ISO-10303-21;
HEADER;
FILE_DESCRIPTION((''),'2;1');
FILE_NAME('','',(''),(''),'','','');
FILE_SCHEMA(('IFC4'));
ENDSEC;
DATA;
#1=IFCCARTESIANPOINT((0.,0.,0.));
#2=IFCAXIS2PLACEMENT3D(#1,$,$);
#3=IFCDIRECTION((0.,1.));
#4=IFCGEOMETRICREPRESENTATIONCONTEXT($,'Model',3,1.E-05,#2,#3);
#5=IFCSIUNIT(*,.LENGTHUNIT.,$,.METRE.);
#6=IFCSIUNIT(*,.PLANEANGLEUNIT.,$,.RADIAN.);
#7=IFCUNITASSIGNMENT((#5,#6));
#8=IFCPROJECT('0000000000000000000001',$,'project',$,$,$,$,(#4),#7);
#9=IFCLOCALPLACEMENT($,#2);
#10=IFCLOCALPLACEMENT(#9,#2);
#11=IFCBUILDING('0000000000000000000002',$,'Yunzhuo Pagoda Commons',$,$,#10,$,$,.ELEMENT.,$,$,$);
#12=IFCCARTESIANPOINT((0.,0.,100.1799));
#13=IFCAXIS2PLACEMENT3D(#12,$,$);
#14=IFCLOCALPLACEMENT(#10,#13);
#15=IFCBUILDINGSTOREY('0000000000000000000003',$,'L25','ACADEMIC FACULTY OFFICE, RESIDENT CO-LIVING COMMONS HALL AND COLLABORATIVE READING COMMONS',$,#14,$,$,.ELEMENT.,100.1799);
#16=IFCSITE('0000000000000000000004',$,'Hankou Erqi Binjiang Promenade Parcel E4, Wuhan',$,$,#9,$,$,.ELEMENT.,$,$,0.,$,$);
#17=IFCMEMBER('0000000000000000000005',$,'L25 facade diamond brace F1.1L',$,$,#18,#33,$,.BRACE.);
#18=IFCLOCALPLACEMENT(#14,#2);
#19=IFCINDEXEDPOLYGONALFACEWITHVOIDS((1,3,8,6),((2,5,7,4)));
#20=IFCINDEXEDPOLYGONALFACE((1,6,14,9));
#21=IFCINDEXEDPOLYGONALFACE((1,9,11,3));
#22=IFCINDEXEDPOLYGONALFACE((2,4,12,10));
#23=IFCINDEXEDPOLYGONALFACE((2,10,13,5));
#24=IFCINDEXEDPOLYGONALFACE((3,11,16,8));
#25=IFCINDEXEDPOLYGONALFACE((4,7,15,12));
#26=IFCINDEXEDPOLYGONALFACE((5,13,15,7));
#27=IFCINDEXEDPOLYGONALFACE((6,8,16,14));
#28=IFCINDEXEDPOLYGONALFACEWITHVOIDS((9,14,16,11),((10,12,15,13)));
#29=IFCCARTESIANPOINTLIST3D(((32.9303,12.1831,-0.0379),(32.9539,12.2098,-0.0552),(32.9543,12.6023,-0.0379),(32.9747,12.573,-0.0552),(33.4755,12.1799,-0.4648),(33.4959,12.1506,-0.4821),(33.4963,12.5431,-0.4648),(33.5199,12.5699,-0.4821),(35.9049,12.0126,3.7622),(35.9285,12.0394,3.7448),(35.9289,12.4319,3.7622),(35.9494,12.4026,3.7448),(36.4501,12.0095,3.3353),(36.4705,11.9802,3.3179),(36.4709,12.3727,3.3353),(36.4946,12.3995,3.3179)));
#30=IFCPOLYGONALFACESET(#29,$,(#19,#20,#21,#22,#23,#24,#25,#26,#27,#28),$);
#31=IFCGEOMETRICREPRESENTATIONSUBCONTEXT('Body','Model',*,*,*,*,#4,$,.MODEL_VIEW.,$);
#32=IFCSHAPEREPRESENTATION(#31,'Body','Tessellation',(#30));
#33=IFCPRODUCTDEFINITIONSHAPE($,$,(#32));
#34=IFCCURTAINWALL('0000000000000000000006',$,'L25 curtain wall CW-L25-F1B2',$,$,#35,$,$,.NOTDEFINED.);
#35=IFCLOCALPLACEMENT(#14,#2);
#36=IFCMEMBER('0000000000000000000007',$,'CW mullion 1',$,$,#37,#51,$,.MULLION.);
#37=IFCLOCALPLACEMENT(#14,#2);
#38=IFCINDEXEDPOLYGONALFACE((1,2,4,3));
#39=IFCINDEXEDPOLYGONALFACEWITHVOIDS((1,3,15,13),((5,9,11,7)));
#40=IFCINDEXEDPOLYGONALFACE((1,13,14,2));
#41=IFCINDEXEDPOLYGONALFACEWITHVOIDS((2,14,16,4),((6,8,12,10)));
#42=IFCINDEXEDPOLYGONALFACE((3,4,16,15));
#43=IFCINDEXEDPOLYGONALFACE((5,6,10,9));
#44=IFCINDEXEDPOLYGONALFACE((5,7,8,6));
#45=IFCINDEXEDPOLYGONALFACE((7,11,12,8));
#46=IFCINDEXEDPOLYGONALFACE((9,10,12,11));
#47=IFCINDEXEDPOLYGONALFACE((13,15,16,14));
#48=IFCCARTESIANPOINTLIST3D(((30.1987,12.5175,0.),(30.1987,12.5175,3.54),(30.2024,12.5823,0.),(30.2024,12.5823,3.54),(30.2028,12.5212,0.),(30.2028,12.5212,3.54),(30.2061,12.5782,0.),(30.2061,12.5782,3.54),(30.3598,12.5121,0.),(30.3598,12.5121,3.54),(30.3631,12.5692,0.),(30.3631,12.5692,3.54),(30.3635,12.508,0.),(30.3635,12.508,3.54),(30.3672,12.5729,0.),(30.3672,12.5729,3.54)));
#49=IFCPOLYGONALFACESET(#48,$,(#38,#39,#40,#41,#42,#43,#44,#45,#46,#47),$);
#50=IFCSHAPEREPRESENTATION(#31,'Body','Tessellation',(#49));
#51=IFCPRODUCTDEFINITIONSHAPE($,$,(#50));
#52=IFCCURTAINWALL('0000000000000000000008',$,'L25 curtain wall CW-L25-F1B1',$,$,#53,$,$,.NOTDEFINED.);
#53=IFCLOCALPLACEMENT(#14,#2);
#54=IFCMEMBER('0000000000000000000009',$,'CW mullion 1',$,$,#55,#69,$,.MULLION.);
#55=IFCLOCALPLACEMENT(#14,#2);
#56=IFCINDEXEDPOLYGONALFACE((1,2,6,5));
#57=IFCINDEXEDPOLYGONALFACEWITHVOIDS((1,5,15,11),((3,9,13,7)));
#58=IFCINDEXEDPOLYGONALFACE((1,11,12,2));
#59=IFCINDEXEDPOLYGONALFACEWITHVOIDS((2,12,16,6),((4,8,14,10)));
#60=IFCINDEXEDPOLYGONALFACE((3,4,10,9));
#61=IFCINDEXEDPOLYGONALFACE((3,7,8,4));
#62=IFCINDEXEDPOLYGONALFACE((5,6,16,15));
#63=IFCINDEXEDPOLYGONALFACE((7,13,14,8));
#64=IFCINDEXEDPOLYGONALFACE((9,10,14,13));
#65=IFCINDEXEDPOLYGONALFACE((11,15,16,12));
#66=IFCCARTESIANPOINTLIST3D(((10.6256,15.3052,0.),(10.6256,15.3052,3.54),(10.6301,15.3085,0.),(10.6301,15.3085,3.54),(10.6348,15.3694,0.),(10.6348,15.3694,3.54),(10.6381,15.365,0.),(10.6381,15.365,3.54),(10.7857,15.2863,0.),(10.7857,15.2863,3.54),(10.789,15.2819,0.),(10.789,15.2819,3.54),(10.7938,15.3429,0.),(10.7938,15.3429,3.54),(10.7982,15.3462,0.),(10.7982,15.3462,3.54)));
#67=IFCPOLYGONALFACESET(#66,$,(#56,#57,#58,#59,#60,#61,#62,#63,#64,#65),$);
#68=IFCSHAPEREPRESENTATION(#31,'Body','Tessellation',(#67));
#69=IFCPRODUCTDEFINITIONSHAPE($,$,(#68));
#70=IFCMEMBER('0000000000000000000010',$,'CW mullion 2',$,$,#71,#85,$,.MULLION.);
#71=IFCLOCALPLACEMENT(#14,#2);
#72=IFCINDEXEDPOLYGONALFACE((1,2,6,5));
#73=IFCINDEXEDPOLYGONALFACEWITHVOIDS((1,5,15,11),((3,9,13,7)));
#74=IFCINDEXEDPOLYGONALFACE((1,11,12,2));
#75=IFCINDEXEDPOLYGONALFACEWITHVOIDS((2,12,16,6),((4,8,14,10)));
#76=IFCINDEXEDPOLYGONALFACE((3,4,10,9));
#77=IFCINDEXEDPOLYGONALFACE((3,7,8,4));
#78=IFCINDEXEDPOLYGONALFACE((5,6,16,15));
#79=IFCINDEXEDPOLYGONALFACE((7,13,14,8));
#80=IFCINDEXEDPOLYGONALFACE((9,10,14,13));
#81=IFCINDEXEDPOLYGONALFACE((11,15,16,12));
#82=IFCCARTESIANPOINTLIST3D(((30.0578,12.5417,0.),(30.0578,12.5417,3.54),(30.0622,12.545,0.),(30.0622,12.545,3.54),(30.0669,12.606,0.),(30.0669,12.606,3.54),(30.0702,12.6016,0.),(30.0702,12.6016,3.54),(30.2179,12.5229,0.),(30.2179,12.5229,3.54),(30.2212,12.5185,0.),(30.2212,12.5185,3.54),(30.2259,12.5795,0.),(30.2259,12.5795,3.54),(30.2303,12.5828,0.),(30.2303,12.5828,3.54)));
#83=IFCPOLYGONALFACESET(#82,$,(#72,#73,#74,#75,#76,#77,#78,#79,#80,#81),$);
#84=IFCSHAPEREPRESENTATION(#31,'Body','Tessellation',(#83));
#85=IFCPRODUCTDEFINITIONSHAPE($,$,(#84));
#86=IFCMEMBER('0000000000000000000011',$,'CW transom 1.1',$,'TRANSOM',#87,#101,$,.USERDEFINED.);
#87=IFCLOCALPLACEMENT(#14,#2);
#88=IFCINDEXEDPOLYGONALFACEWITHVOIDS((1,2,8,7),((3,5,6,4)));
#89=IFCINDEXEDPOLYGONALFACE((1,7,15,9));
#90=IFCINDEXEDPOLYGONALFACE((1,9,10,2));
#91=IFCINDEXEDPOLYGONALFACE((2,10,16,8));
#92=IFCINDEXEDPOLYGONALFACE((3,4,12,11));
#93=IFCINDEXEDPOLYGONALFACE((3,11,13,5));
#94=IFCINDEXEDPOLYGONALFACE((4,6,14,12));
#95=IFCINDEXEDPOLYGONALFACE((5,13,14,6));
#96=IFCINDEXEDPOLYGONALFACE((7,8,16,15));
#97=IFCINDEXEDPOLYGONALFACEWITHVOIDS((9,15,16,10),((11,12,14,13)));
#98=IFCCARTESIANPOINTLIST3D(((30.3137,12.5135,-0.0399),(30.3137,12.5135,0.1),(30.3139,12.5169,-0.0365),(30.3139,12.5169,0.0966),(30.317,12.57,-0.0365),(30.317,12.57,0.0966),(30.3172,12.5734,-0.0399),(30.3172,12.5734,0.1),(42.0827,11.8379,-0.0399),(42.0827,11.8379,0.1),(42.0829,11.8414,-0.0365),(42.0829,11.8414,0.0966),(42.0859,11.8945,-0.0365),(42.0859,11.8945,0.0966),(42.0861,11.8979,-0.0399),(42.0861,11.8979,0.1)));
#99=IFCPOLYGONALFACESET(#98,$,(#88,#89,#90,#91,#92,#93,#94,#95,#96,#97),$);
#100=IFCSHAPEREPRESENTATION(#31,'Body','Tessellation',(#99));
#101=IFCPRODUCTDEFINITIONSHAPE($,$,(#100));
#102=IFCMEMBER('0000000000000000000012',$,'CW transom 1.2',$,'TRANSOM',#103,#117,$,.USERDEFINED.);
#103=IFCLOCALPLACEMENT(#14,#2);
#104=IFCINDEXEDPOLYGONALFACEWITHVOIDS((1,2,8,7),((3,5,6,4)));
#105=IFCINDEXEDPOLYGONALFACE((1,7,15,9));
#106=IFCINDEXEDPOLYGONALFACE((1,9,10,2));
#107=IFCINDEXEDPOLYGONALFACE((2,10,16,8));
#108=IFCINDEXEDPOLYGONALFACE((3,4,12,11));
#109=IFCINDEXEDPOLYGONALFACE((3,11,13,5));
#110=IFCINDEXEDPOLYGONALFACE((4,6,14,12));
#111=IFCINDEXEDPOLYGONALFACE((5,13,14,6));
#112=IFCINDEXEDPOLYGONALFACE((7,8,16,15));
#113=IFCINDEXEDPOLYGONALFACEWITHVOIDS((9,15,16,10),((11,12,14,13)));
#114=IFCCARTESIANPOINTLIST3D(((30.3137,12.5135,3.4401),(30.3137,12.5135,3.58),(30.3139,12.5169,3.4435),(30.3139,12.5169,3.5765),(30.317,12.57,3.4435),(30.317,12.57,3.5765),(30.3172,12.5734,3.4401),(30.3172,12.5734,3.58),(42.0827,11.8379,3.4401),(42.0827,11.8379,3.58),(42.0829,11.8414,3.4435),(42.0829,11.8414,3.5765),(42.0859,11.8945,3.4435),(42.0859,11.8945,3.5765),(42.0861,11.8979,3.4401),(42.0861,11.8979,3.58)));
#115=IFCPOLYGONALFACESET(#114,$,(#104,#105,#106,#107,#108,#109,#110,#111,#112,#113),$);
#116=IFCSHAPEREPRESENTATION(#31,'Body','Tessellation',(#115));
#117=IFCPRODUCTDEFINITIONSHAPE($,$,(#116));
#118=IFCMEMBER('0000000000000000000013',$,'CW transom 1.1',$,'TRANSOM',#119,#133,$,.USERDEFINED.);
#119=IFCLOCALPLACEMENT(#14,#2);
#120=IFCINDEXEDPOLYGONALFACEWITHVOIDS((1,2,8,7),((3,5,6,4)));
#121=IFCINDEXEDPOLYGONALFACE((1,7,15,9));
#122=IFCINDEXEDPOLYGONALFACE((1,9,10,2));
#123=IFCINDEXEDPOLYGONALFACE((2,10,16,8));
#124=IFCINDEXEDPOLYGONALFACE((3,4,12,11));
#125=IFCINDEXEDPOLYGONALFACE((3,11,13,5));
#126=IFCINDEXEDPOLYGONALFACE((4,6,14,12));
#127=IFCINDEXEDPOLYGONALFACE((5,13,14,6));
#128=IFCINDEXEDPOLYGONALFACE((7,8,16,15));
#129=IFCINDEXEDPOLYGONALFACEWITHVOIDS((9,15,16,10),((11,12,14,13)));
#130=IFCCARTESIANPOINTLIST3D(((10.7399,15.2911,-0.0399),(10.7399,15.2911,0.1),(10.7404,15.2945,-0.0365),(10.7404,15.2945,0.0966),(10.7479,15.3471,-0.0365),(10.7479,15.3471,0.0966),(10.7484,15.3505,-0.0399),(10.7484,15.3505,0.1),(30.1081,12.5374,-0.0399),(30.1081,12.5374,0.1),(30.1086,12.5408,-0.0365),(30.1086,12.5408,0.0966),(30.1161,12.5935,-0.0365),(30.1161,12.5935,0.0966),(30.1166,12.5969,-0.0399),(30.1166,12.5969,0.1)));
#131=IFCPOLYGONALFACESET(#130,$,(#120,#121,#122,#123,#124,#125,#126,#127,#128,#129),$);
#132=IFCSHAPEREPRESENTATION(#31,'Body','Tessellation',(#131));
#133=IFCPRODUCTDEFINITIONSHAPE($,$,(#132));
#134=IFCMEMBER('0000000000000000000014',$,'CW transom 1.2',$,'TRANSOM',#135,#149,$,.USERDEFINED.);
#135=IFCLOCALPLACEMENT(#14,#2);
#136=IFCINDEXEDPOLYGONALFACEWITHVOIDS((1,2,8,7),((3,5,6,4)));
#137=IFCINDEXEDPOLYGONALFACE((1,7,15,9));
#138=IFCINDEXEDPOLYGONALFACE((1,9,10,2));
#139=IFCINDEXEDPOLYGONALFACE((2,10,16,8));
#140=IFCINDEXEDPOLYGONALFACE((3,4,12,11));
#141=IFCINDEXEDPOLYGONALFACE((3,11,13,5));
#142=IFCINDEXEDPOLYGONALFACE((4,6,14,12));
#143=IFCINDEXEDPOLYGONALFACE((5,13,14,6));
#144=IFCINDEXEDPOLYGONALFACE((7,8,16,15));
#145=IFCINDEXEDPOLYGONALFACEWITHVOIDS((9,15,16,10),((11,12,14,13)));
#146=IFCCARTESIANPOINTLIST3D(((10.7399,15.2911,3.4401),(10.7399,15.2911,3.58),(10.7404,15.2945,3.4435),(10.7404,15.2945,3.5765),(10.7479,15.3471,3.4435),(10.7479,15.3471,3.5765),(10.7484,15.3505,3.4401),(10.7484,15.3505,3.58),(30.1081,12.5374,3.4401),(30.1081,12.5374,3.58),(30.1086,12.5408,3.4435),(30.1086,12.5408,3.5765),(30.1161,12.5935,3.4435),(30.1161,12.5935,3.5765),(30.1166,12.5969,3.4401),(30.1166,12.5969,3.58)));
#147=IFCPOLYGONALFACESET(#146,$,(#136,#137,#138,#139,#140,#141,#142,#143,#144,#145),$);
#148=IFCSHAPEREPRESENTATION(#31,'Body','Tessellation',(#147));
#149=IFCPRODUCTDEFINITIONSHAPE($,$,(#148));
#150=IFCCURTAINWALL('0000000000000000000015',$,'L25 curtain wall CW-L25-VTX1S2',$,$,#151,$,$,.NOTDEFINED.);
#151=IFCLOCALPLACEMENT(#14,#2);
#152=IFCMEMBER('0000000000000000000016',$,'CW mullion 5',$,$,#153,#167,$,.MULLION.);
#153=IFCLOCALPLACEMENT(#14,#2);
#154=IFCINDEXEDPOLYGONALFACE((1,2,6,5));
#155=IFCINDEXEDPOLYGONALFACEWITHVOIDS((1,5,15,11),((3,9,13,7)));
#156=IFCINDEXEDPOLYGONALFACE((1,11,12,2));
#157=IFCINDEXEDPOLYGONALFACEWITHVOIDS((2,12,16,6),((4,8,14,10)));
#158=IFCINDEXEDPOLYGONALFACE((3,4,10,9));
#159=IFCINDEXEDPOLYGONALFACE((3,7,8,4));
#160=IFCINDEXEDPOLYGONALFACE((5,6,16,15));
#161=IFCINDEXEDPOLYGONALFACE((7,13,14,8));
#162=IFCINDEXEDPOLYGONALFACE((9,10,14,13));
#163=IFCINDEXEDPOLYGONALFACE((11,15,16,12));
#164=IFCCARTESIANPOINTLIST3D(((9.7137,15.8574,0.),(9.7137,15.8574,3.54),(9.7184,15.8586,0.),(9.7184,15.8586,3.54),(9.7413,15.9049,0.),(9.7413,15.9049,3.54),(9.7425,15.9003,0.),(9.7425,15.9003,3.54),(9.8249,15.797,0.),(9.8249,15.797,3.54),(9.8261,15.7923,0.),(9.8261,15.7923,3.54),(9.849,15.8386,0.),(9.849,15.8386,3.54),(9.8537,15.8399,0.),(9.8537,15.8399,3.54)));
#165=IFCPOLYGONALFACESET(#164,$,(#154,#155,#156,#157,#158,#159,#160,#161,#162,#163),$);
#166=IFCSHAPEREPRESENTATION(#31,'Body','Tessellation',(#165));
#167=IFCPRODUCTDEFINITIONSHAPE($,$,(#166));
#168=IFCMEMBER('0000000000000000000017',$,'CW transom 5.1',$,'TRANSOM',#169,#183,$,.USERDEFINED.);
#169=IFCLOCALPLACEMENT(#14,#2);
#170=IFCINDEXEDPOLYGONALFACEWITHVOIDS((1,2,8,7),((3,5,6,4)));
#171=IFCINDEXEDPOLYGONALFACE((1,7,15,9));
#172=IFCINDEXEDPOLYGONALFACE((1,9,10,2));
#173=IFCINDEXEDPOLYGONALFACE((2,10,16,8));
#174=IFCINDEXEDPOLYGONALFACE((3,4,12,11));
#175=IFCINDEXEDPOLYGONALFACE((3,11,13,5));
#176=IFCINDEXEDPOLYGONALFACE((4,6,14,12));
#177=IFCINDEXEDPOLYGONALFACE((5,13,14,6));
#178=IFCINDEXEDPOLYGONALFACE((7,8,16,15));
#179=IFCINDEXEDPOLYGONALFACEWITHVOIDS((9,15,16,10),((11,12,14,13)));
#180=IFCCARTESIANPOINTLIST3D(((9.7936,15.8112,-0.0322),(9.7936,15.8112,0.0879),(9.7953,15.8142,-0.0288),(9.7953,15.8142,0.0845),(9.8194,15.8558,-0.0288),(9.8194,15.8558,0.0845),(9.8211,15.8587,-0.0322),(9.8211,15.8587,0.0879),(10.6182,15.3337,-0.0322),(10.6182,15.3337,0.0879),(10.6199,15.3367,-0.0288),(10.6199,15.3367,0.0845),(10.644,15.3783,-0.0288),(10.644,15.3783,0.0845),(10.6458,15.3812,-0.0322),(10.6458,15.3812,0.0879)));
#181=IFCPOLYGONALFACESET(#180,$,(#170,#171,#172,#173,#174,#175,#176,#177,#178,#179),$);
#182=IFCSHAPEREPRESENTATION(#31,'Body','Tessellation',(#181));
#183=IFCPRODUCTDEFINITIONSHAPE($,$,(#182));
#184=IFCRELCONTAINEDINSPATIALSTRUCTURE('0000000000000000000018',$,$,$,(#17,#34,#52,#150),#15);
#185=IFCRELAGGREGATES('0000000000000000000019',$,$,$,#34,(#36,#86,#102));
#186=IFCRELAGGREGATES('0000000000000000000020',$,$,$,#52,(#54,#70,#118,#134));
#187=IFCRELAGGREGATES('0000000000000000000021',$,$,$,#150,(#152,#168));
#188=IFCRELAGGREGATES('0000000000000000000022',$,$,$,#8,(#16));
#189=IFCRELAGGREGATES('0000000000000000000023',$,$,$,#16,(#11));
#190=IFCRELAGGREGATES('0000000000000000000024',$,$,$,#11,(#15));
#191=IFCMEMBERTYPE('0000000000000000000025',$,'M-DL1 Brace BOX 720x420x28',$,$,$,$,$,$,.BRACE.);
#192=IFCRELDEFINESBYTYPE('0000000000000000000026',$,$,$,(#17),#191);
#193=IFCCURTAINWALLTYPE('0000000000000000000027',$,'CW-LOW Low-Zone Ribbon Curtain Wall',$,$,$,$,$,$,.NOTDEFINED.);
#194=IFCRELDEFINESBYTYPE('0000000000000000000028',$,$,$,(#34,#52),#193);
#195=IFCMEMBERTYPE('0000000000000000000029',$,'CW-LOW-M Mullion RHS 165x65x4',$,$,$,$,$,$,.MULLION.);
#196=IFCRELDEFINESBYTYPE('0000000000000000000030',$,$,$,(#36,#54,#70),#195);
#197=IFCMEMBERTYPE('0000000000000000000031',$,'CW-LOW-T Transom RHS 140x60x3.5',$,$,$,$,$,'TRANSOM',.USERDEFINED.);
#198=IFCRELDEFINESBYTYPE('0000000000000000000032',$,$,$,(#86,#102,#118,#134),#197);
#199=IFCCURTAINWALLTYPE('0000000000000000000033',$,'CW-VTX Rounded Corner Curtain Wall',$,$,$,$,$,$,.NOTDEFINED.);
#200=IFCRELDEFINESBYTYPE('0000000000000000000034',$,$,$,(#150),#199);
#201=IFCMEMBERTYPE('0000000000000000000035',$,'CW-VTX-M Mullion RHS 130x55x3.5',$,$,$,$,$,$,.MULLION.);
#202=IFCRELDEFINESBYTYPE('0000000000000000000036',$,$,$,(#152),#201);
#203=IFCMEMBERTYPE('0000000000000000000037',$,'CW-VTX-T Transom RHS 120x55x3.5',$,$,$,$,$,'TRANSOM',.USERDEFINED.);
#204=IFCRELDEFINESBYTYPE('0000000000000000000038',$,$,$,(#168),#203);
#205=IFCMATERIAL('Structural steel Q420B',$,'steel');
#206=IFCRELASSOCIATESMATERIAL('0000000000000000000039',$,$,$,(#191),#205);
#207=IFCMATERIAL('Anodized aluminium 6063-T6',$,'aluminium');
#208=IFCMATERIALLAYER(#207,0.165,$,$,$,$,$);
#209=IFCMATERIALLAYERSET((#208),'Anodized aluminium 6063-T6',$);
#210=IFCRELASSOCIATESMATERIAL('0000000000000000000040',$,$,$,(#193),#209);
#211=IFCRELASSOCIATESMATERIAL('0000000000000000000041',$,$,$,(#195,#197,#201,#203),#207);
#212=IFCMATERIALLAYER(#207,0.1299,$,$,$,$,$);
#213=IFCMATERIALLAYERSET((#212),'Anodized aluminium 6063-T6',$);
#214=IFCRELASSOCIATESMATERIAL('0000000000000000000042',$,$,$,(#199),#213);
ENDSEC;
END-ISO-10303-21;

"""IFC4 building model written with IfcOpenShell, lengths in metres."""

from ifc_helpers import new_model, si_unit, direction, frame, origin, origin_2d, place, context, subcontext, project, spatial, hollow_rectangle, extrude, source, transform, mapped, material, layer, layer_set, material_profile, profile_set, type_object, element, aggregate, save


model = new_model("IFC4")

# Units and contexts
model_context = context("Model", 3, precision=1e-05, world=origin(), true_north=direction((0.0, 1.0)))
body_context = subcontext(model_context, "Body", "Model", "MODEL_VIEW")
ifc_project = project(units=[si_unit("LENGTHUNIT", "METRE"), si_unit("PLANEANGLEUNIT", "RADIAN")], contexts=[model_context])

# Site, building, storey
site_placement = place(None, origin())
site = spatial("IfcSite", under=ifc_project, at=site_placement, Name="Hankou Erqi Binjiang Promenade Parcel E4, Wuhan", CompositionType="ELEMENT", RefElevation=0.0)
building_placement = place(site_placement, origin())
building = spatial("IfcBuilding", under=site, at=building_placement, Name="Yunzhuo Pagoda Commons", CompositionType="ELEMENT")
storey_placement = place(building_placement, frame((0.0, 0.0, 100.1799)))
storey = spatial("IfcBuildingStorey", under=building, at=storey_placement, Name="L25", Description="ACADEMIC FACULTY OFFICE, RESIDENT CO-LIVING COMMONS HALL AND COLLABORATIVE READING COMMONS", CompositionType="ELEMENT", Elevation=100.1799)

# Shared definitions
ifc_material_1 = material(Name="Structural steel Q420B", Category="steel")

# Member
ifc_material_profile_1 = material_profile(ifc_material_1, hollow_rectangle(XDim=0.4199, YDim=0.72, WallThickness=0.0281, at=origin_2d()), Name="Structural steel Q420B")
ifc_profile_set_1 = profile_set([ifc_material_profile_1], Name="Structural steel Q420B")
member_type_1 = type_object("IfcMemberType", Name="M-DL1 Brace BOX 720x420x28", PredefinedType="BRACE", material=ifc_profile_set_1)
shared_shape_1 = source(origin(), body_context, "Body", "SweptSolid", [
    extrude(hollow_rectangle(XDim=0.4199, YDim=0.72, WallThickness=0.0281, at=origin_2d()), origin(), (0.0, 0.0, 1.0), 4.8289),
])
member_1_placement = place(storey_placement, frame((33.2251, 12.3765, -0.26), z_axis=(0.616009, -0.03529, 0.786948), x_axis=(0.057194, 0.998363, 0.0)))
element("IfcMember", 1, at=member_1_placement, inside=storey, type_object=member_type_1, Name="L25 facade diamond brace F1.1L", PredefinedType="BRACE", context=body_context, shape_type="MappedRepresentation", body=[
    mapped(shared_shape_1, transform((0.0, 0.0, 0.0), scale=1.0)),
])

# Curtain wall, member
ifc_material_2 = material(Name="Anodized aluminium 6063-T6", Category="aluminium")
ifc_layer_1 = layer(ifc_material_2, 0.165)
ifc_layer_set_1 = layer_set([ifc_layer_1], Name="Anodized aluminium 6063-T6")
curtain_wall_type_1 = type_object("IfcCurtainWallType", Name="CW-LOW Low-Zone Ribbon Curtain Wall", PredefinedType="NOTDEFINED", material=ifc_layer_set_1)
curtain_wall_1_placement = place(storey_placement, origin())
curtain_wall_1 = element("IfcCurtainWall", 2, at=curtain_wall_1_placement, inside=storey, type_object=curtain_wall_type_1, Name="L25 curtain wall CW-L25-F1B2", PredefinedType="NOTDEFINED")
ifc_material_profile_2 = material_profile(ifc_material_2, hollow_rectangle(XDim=0.0649, YDim=0.165, WallThickness=0.0039, at=origin_2d()), Name="Anodized aluminium 6063-T6")
ifc_profile_set_2 = profile_set([ifc_material_profile_2], Name="Anodized aluminium 6063-T6")
member_type_2 = type_object("IfcMemberType", Name="CW-LOW-M Mullion RHS 165x65x4", PredefinedType="MULLION", material=ifc_profile_set_2)
shared_shape_2 = source(origin(), body_context, "Body", "SweptSolid", [
    extrude(hollow_rectangle(XDim=0.0649, YDim=0.165, WallThickness=0.0039, at=origin_2d()), origin(), (0.0, 0.0, 1.0), 3.54),
])
member_2_placement = place(storey_placement, frame((30.283, 12.5452, 0.0), z_axis=(0.0, 0.0, 1.0), x_axis=(0.057299, 0.998357, 0.0)))
member_2 = element("IfcMember", 3, at=member_2_placement, type_object=member_type_2, Name="CW mullion 1", PredefinedType="MULLION", context=body_context, shape_type="MappedRepresentation", body=[
    mapped(shared_shape_2, transform((0.0, 0.0, 0.0), scale=1.0)),
])

# Curtain wall, members
curtain_wall_2_placement = place(storey_placement, origin())
curtain_wall_2 = element("IfcCurtainWall", 4, at=curtain_wall_2_placement, inside=storey, type_object=curtain_wall_type_1, Name="L25 curtain wall CW-L25-F1B1", PredefinedType="NOTDEFINED")
member_3_placement = place(storey_placement, frame((10.7119, 15.3257, 0.0), z_axis=(0.0, 0.0, 1.0), x_axis=(0.140774, 0.990042, 0.0)))
member_3 = element("IfcMember", 5, at=member_3_placement, type_object=member_type_2, Name="CW mullion 1", PredefinedType="MULLION", context=body_context, shape_type="MappedRepresentation", body=[
    mapped(shared_shape_2, transform((0.0, 0.0, 0.0), scale=1.0)),
])
member_4_placement = place(storey_placement, frame((30.144, 12.5623, 0.0), z_axis=(0.0, 0.0, 1.0), x_axis=(0.140774, 0.990042, 0.0)))
member_4 = element("IfcMember", 6, at=member_4_placement, type_object=member_type_2, Name="CW mullion 2", PredefinedType="MULLION", context=body_context, shape_type="MappedRepresentation", body=[
    mapped(shared_shape_2, transform((0.0, 0.0, 0.0), scale=1.0)),
])

# Members
ifc_material_profile_3 = material_profile(ifc_material_2, hollow_rectangle(XDim=0.0601, YDim=0.1399, WallThickness=0.0034, at=origin_2d()), Name="Anodized aluminium 6063-T6")
ifc_profile_set_3 = profile_set([ifc_material_profile_3], Name="Anodized aluminium 6063-T6")
member_type_3 = type_object("IfcMemberType", Name="CW-LOW-T Transom RHS 140x60x3.5", ElementType="TRANSOM", PredefinedType="USERDEFINED", material=ifc_profile_set_3)
shared_shape_3 = source(origin(), body_context, "Body", "SweptSolid", [
    extrude(hollow_rectangle(XDim=0.0601, YDim=0.1399, WallThickness=0.0034, at=origin_2d()), origin(), (0.0, 0.0, 1.0), 11.7883),
])
member_5_placement = place(storey_placement, frame((30.3154, 12.5435, 0.03), z_axis=(0.998357, -0.057305, 0.0), x_axis=(0.057305, 0.998357, 0.0)))
member_5 = element("IfcMember", 7, at=member_5_placement, type_object=member_type_3, Name="CW transom 1.1", ObjectType="TRANSOM", PredefinedType="USERDEFINED", context=body_context, shape_type="MappedRepresentation", body=[
    mapped(shared_shape_3, transform((0.0, 0.0, 0.0), scale=1.0)),
])
member_6_placement = place(storey_placement, frame((30.3154, 12.5435, 3.51), z_axis=(0.998357, -0.057305, 0.0), x_axis=(0.057305, 0.998357, 0.0)))
member_6 = element("IfcMember", 8, at=member_6_placement, type_object=member_type_3, Name="CW transom 1.2", ObjectType="TRANSOM", PredefinedType="USERDEFINED", context=body_context, shape_type="MappedRepresentation", body=[
    mapped(shared_shape_3, transform((0.0, 0.0, 0.0), scale=1.0)),
])
shared_shape_4 = source(origin(), body_context, "Body", "SweptSolid", [
    extrude(hollow_rectangle(XDim=0.0601, YDim=0.1399, WallThickness=0.0034, at=origin_2d()), origin(), (0.0, 0.0, 1.0), 19.563),
])
member_7_placement = place(storey_placement, frame((10.7441, 15.3208, 0.03), z_axis=(0.990044, -0.140759, 0.0), x_axis=(0.140759, 0.990044, 0.0)))
member_7 = element("IfcMember", 9, at=member_7_placement, type_object=member_type_3, Name="CW transom 1.1", ObjectType="TRANSOM", PredefinedType="USERDEFINED", context=body_context, shape_type="MappedRepresentation", body=[
    mapped(shared_shape_4, transform((0.0, 0.0, 0.0), scale=1.0)),
])
member_8_placement = place(storey_placement, frame((10.7441, 15.3208, 3.51), z_axis=(0.990044, -0.140759, 0.0), x_axis=(0.140759, 0.990044, 0.0)))
member_8 = element("IfcMember", 10, at=member_8_placement, type_object=member_type_3, Name="CW transom 1.2", ObjectType="TRANSOM", PredefinedType="USERDEFINED", context=body_context, shape_type="MappedRepresentation", body=[
    mapped(shared_shape_4, transform((0.0, 0.0, 0.0), scale=1.0)),
])

# Curtain wall, members
ifc_layer_2 = layer(ifc_material_2, 0.1299)
ifc_layer_set_2 = layer_set([ifc_layer_2], Name="Anodized aluminium 6063-T6")
curtain_wall_type_2 = type_object("IfcCurtainWallType", Name="CW-VTX Rounded Corner Curtain Wall", PredefinedType="NOTDEFINED", material=ifc_layer_set_2)
curtain_wall_3_placement = place(storey_placement, origin())
curtain_wall_3 = element("IfcCurtainWall", 11, at=curtain_wall_3_placement, inside=storey, type_object=curtain_wall_type_2, Name="L25 curtain wall CW-L25-VTX1S2", PredefinedType="NOTDEFINED")
ifc_material_profile_4 = material_profile(ifc_material_2, hollow_rectangle(XDim=0.0549, YDim=0.1299, WallThickness=0.0034, at=origin_2d()), Name="Anodized aluminium 6063-T6")
ifc_profile_set_4 = profile_set([ifc_material_profile_4], Name="Anodized aluminium 6063-T6")
member_type_4 = type_object("IfcMemberType", Name="CW-VTX-M Mullion RHS 130x55x3.5", PredefinedType="MULLION", material=ifc_profile_set_4)
shared_shape_5 = source(origin(), body_context, "Body", "SweptSolid", [
    extrude(hollow_rectangle(XDim=0.0549, YDim=0.1299, WallThickness=0.0034, at=origin_2d()), origin(), (0.0, 0.0, 1.0), 3.54),
])
member_9_placement = place(storey_placement, frame((9.7837, 15.8486, 0.0), z_axis=(0.0, 0.0, 1.0), x_axis=(0.501036, 0.865427, 0.0)))
member_9 = element("IfcMember", 12, at=member_9_placement, type_object=member_type_4, Name="CW mullion 5", PredefinedType="MULLION", context=body_context, shape_type="MappedRepresentation", body=[
    mapped(shared_shape_5, transform((0.0, 0.0, 0.0), scale=1.0)),
])
ifc_material_profile_5 = material_profile(ifc_material_2, hollow_rectangle(XDim=0.0549, YDim=0.1201, WallThickness=0.0034, at=origin_2d()), Name="Anodized aluminium 6063-T6")
ifc_profile_set_5 = profile_set([ifc_material_profile_5], Name="Anodized aluminium 6063-T6")
member_type_5 = type_object("IfcMemberType", Name="CW-VTX-T Transom RHS 120x55x3.5", ElementType="TRANSOM", PredefinedType="USERDEFINED", material=ifc_profile_set_5)
shared_shape_6 = source(origin(), body_context, "Body", "SweptSolid", [
    extrude(hollow_rectangle(XDim=0.0549, YDim=0.1201, WallThickness=0.0034, at=origin_2d()), origin(), (0.0, 0.0, 1.0), 0.9529),
])
member_10_placement = place(storey_placement, frame((9.8074, 15.835, 0.0278), z_axis=(0.865391, -0.501097, 0.0), x_axis=(0.501097, 0.865391, 0.0)))
member_10 = element("IfcMember", 13, at=member_10_placement, type_object=member_type_5, Name="CW transom 5.1", ObjectType="TRANSOM", PredefinedType="USERDEFINED", context=body_context, shape_type="MappedRepresentation", body=[
    mapped(shared_shape_6, transform((0.0, 0.0, 0.0), scale=1.0)),
])

aggregate(curtain_wall_1, [member_2, member_5, member_6])
aggregate(curtain_wall_2, [member_3, member_4, member_7, member_8])
aggregate(curtain_wall_3, [member_9, member_10])

save(model, "model.ifc")
